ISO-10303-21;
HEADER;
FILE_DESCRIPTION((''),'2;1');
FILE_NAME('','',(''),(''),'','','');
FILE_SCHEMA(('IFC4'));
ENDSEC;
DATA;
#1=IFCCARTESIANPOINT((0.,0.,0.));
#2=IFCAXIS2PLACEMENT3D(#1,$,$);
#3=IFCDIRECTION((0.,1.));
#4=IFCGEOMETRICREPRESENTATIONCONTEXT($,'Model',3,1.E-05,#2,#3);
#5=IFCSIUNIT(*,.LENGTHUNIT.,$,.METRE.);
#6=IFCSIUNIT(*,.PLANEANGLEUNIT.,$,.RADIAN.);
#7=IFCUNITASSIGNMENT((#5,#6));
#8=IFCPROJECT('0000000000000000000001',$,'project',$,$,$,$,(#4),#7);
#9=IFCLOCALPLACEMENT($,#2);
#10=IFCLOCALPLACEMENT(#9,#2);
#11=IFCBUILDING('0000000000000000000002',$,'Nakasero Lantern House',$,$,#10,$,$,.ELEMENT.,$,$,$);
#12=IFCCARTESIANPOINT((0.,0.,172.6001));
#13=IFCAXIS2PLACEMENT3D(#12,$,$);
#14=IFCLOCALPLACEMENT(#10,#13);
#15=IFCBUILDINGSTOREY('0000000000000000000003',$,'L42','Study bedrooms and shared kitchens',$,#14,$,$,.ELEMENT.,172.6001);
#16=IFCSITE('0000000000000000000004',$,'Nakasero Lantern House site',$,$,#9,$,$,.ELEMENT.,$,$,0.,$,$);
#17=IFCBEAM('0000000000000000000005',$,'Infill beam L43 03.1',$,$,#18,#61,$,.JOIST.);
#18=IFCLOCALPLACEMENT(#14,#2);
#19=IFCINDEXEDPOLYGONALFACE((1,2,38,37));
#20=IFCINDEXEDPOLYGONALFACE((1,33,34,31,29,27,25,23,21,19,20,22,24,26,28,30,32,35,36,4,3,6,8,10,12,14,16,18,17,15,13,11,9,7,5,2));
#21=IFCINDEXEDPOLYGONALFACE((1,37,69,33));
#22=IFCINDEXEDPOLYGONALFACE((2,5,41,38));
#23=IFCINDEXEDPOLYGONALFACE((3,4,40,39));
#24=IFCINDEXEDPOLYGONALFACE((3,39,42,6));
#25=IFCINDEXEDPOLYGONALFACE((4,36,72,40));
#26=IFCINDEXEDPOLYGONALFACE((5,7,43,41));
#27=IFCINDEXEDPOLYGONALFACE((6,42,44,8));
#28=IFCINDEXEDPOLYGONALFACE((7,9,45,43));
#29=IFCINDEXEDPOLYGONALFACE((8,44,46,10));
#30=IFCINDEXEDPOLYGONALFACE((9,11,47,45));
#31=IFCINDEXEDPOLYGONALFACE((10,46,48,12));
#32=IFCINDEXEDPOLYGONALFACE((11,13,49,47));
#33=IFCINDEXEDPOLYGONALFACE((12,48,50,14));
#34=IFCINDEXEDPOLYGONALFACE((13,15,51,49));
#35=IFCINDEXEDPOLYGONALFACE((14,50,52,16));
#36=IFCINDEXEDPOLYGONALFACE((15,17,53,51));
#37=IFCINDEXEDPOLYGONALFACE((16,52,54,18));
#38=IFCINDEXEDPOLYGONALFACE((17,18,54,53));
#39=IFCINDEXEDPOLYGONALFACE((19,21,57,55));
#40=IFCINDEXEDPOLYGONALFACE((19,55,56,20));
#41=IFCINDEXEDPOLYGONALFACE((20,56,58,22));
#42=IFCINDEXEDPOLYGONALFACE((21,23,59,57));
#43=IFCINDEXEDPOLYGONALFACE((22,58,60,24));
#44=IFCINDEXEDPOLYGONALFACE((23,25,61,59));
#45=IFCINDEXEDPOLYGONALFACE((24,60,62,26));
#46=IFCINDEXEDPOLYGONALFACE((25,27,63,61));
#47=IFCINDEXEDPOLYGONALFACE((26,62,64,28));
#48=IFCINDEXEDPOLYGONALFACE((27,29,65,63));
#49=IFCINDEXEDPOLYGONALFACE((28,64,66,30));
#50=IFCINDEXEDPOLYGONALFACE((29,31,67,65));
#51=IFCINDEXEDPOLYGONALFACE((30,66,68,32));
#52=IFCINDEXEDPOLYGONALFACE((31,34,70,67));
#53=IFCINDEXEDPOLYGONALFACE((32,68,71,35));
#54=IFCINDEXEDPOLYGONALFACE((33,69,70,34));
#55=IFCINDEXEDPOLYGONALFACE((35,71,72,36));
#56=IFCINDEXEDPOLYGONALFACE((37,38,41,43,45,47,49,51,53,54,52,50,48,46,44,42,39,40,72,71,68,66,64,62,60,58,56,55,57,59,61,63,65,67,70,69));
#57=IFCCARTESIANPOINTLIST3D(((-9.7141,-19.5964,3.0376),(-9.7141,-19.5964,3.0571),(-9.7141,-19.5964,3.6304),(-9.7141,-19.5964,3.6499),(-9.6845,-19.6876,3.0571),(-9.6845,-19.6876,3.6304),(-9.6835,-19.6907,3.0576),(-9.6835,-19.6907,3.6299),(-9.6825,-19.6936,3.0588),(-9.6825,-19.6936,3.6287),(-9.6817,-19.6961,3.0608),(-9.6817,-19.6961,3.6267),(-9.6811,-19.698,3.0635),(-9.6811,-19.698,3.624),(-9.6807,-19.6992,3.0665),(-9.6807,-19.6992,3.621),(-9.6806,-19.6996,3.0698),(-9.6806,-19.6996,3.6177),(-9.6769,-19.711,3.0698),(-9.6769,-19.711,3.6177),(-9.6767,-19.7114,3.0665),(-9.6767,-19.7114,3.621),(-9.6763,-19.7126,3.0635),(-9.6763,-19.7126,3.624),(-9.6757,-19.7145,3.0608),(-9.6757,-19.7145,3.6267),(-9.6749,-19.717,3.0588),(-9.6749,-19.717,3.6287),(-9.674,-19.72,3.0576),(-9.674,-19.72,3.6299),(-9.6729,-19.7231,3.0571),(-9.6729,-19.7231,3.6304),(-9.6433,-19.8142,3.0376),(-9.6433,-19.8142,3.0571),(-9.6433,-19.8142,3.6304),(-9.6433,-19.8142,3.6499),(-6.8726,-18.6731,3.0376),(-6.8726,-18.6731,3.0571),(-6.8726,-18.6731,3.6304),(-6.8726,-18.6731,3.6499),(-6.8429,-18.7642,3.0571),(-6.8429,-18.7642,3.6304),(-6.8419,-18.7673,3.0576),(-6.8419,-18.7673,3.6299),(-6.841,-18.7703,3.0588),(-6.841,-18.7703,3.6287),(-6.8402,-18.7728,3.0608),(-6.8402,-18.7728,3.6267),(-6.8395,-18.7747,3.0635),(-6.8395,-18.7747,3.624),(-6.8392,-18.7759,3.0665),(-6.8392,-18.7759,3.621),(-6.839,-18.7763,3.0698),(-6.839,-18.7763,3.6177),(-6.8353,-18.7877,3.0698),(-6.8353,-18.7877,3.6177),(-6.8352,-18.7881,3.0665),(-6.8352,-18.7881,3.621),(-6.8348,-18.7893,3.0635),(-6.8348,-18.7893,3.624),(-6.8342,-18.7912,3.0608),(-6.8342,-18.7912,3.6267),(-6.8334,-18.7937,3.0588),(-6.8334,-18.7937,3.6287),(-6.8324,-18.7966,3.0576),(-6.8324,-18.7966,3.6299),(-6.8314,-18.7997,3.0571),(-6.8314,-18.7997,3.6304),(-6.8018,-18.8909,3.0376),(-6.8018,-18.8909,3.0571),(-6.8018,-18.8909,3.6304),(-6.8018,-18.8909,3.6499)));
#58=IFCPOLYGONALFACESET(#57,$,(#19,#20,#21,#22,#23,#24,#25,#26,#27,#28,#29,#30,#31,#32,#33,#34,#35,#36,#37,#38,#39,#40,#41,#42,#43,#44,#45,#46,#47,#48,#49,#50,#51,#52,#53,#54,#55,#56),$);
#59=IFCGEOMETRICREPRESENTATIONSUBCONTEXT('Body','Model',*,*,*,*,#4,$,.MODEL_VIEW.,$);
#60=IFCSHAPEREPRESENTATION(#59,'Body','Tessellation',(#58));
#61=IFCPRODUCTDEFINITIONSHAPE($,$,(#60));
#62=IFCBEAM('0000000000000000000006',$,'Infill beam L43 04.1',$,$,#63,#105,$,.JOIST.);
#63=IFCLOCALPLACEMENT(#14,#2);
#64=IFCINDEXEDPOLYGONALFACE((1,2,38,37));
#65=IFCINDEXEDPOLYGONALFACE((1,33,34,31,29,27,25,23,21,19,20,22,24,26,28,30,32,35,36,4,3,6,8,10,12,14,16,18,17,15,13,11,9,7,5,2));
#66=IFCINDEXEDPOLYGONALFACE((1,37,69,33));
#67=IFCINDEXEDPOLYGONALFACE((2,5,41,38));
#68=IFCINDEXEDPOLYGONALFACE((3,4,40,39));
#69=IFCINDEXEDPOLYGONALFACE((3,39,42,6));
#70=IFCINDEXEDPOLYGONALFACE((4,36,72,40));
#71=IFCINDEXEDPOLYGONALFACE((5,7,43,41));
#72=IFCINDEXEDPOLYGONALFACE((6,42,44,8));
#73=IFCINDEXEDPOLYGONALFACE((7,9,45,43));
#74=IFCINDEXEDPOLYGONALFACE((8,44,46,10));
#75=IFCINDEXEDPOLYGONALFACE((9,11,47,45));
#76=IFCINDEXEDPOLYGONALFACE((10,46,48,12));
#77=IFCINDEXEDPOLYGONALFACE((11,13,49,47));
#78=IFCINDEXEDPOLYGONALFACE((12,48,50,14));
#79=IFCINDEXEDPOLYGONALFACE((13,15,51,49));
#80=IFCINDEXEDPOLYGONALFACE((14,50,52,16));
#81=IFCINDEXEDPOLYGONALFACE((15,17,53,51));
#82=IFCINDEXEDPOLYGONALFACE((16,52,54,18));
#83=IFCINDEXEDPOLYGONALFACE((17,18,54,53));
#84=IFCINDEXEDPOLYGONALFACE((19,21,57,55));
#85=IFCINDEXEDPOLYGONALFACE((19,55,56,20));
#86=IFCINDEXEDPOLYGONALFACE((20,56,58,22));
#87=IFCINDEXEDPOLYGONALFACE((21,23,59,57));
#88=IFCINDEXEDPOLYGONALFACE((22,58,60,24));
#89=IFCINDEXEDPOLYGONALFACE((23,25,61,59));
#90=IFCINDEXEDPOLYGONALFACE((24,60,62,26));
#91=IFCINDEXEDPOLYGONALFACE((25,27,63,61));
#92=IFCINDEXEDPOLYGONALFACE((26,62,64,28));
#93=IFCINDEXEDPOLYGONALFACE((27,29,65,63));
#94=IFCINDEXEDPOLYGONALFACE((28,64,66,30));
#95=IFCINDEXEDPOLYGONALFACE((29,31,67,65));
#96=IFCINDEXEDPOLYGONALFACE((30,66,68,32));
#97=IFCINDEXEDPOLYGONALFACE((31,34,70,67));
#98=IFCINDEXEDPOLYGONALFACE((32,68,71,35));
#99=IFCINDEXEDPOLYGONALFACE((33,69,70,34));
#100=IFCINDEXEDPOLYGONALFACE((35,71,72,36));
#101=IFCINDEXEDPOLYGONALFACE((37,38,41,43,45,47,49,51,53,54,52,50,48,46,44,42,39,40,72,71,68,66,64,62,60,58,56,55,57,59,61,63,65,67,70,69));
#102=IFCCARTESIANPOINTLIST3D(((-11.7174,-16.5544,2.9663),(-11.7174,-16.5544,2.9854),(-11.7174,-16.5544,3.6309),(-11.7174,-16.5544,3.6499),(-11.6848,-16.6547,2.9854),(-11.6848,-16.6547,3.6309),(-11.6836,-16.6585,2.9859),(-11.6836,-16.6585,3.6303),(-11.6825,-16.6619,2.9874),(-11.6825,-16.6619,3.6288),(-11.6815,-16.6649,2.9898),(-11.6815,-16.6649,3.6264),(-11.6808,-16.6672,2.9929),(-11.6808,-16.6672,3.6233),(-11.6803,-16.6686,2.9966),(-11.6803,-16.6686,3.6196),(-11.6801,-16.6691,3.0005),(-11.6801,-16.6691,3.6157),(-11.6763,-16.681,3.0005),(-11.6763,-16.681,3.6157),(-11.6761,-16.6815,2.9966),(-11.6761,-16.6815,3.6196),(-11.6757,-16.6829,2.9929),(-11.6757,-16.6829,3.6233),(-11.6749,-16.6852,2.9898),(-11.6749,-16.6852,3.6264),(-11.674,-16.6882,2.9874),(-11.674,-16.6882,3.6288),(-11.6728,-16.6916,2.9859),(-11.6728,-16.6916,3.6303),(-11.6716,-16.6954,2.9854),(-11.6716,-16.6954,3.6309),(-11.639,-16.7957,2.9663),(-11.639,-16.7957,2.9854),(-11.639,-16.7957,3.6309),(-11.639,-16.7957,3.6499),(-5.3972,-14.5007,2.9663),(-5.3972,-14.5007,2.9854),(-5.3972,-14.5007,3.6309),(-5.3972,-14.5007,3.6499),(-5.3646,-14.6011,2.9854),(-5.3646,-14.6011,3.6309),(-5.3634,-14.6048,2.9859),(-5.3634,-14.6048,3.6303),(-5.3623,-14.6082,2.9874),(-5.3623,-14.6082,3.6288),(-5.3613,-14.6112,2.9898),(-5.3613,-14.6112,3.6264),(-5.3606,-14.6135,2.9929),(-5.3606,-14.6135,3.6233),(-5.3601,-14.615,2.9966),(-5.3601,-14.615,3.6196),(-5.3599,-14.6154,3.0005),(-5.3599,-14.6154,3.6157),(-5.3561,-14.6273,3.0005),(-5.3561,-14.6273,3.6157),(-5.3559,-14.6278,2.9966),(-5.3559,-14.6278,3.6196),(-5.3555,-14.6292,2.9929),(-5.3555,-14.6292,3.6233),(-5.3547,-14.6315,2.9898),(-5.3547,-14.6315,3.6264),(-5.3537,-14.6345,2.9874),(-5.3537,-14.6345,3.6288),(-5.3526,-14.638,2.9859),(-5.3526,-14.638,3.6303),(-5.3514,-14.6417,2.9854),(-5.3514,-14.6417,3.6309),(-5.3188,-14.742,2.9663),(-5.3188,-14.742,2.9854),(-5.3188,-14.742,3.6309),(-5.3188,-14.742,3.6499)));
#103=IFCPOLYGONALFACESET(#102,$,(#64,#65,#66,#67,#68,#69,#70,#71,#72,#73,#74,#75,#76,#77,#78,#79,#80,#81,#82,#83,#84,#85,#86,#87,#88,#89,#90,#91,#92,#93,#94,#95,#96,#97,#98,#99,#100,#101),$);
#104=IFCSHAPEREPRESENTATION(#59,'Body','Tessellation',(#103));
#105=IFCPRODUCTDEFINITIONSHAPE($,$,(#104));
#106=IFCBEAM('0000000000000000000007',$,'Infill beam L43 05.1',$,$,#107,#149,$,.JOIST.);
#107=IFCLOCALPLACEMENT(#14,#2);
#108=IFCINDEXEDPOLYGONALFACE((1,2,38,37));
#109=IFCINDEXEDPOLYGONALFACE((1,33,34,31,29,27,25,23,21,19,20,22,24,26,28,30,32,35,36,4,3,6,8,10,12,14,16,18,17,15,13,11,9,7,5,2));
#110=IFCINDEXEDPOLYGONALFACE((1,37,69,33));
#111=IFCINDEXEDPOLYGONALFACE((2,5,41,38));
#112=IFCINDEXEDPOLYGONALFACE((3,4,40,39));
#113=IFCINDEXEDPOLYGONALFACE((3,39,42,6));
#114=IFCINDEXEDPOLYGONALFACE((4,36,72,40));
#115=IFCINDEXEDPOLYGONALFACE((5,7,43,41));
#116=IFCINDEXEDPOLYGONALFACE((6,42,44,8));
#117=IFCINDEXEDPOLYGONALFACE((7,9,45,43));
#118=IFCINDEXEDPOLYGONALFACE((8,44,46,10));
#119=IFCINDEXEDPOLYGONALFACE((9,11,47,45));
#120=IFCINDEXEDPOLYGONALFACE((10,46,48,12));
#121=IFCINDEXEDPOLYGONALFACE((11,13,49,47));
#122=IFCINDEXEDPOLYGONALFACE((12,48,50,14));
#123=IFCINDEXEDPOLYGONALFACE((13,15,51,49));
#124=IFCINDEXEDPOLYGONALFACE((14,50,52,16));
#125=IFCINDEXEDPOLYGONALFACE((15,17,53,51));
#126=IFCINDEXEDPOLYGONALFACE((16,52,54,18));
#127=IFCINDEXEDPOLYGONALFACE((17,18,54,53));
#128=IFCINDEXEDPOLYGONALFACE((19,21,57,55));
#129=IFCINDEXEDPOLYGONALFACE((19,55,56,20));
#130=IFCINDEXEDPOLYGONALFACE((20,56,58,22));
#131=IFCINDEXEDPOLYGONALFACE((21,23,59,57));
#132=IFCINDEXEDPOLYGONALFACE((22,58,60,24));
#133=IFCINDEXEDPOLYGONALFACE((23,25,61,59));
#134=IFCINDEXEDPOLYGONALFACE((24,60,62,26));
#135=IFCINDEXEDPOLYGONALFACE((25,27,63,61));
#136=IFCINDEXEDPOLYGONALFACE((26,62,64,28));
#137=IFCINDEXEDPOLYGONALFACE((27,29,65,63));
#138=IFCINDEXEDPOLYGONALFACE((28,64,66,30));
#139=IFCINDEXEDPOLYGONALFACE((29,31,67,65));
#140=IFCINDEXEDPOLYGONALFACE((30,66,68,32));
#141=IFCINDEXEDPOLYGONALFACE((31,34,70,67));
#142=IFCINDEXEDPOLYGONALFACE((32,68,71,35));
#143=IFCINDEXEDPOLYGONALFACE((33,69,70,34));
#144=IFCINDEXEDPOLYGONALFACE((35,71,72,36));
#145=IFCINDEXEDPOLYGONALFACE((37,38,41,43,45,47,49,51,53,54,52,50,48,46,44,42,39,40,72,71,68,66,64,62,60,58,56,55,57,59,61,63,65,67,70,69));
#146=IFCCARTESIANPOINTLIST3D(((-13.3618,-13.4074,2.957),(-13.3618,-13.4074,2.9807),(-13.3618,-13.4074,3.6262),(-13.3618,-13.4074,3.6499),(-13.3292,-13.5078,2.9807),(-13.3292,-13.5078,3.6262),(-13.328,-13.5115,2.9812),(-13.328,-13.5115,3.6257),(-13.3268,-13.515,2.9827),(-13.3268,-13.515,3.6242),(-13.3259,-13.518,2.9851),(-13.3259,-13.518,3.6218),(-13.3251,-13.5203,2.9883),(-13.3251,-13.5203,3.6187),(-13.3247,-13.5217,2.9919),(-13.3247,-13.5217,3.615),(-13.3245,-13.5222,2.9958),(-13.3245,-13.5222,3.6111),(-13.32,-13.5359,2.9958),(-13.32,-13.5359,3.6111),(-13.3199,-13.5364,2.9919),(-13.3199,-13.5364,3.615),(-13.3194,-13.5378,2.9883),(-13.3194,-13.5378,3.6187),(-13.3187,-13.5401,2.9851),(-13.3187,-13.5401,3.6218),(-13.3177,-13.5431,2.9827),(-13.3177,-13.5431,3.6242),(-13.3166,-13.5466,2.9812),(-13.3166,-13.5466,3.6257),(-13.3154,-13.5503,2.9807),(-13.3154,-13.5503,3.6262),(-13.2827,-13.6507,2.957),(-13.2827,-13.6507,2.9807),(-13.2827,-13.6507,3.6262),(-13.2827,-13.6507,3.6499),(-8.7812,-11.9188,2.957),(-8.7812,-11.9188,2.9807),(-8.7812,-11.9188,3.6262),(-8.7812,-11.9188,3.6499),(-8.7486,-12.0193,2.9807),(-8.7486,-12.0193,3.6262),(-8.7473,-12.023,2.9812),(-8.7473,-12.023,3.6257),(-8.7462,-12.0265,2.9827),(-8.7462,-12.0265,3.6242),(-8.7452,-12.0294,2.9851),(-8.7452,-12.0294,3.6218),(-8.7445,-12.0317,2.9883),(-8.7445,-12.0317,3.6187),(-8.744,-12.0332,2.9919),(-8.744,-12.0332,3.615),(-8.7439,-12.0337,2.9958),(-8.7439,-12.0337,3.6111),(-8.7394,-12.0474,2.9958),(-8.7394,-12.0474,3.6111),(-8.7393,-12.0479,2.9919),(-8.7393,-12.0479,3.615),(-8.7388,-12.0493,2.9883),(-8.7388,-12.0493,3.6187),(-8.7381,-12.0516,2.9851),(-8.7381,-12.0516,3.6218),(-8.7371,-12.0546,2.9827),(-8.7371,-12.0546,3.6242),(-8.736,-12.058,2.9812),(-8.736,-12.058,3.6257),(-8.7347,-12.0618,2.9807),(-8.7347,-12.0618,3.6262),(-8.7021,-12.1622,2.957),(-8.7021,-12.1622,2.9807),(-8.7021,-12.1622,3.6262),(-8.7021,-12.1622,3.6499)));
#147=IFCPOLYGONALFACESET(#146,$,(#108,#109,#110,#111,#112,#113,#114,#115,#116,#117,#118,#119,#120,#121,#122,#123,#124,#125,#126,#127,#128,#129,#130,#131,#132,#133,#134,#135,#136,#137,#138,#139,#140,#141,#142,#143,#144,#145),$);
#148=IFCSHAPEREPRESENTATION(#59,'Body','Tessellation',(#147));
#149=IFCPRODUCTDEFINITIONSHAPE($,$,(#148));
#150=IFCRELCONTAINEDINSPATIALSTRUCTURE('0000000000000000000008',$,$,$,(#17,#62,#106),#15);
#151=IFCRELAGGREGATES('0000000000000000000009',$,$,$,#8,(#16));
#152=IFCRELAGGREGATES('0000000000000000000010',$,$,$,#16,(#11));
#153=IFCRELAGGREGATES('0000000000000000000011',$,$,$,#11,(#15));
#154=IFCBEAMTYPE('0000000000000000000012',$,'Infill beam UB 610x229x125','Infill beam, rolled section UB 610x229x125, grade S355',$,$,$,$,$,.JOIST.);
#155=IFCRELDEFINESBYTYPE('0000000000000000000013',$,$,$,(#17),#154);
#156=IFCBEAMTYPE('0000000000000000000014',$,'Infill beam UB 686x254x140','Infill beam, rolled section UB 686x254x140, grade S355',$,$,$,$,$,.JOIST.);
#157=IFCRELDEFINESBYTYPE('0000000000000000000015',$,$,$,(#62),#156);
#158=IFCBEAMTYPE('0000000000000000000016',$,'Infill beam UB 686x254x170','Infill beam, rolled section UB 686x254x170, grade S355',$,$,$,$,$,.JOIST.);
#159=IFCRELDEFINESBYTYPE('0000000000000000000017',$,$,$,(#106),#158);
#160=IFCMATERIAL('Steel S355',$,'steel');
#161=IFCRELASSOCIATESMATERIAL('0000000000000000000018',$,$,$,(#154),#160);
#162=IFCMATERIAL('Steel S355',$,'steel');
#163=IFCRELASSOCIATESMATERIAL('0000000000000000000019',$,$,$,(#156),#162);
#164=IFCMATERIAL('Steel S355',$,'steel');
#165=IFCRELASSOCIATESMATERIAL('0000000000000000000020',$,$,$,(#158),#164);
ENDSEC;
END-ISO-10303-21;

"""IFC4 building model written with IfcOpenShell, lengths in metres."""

from ifc_helpers import new_model, si_unit, direction, frame, origin, origin_2d, place, context, subcontext, project, spatial, i_section, extrude, material, material_profile, profile_set, type_object, element, save


model = new_model("IFC4")

# Units and contexts
model_context = context("Model", 3, precision=1e-05, world=origin(), true_north=direction((0.0, 1.0)))
body_context = subcontext(model_context, "Body", "Model", "MODEL_VIEW")
ifc_project = project(units=[si_unit("LENGTHUNIT", "METRE"), si_unit("PLANEANGLEUNIT", "RADIAN")], contexts=[model_context])

# Site, building, storey
site_placement = place(None, origin())
site = spatial("IfcSite", under=ifc_project, at=site_placement, Name="Nakasero Lantern House site", CompositionType="ELEMENT", RefElevation=0.0)
building_placement = place(site_placement, origin())
building = spatial("IfcBuilding", under=site, at=building_placement, Name="Nakasero Lantern House", CompositionType="ELEMENT")
storey_placement = place(building_placement, frame((0.0, 0.0, 172.6001)))
storey = spatial("IfcBuildingStorey", under=building, at=storey_placement, Name="L42", Description="Study bedrooms and shared kitchens", CompositionType="ELEMENT", Elevation=172.6001)

# Beams
ifc_material_1 = material(Name="Steel S355", Category="steel")
ifc_material_profile_1 = material_profile(ifc_material_1, i_section(OverallWidth=0.229, OverallDepth=0.6123, WebThickness=0.012, FlangeThickness=0.0195, FilletRadius=0.0127, at=origin_2d()), Name="UB 610x229x125")
ifc_profile_set_1 = profile_set([ifc_material_profile_1], Name="Steel S355")
beam_type_1 = type_object("IfcBeamType", Name="Infill beam UB 610x229x125", Description="Infill beam, rolled section UB 610x229x125, grade S355", PredefinedType="JOIST", material=ifc_profile_set_1)
beam_1_placement = place(storey_placement, frame((-9.6787, -19.7053, 3.3438), z_axis=(0.95105, 0.309036, 0.0), x_axis=(-0.309036, 0.95105, 0.0)))
element("IfcBeam", 1, at=beam_1_placement, inside=storey, type_object=beam_type_1, Name="Infill beam L43 03.1", PredefinedType="JOIST", context=body_context, shape_type="SweptSolid", body=[
    extrude(i_section(OverallWidth=0.229, OverallDepth=0.6123, WebThickness=0.012, FlangeThickness=0.0195, FilletRadius=0.0127, at=origin_2d()), origin(), (0.0, 0.0, 1.0), 2.9878),
])
ifc_material_2 = material(Name="Steel S355", Category="steel")
ifc_material_profile_2 = material_profile(ifc_material_2, i_section(OverallWidth=0.2537, OverallDepth=0.6836, WebThickness=0.0125, FlangeThickness=0.019, FilletRadius=0.0151, at=origin_2d()), Name="UB 686x254x140")
ifc_profile_set_2 = profile_set([ifc_material_profile_2], Name="Steel S355")
beam_type_2 = type_object("IfcBeamType", Name="Infill beam UB 686x254x140", Description="Infill beam, rolled section UB 686x254x140, grade S355", PredefinedType="JOIST", material=ifc_profile_set_2)
beam_2_placement = place(storey_placement, frame((-11.6782, -16.675, 3.3081), z_axis=(0.951051, 0.309033, 0.0), x_axis=(-0.309033, 0.951051, 0.0)))
element("IfcBeam", 2, at=beam_2_placement, inside=storey, type_object=beam_type_2, Name="Infill beam L43 04.1", PredefinedType="JOIST", context=body_context, shape_type="SweptSolid", body=[
    extrude(i_section(OverallWidth=0.2537, OverallDepth=0.6836, WebThickness=0.0125, FlangeThickness=0.019, FilletRadius=0.0151, at=origin_2d()), origin(), (0.0, 0.0, 1.0), 6.6455),
])
ifc_material_3 = material(Name="Steel S355", Category="steel")
ifc_material_profile_3 = material_profile(ifc_material_3, i_section(OverallWidth=0.2559, OverallDepth=0.6929, WebThickness=0.0144, FlangeThickness=0.0237, FilletRadius=0.0151, at=origin_2d()), Name="UB 686x254x170")
ifc_profile_set_3 = profile_set([ifc_material_profile_3], Name="Steel S355")
beam_type_3 = type_object("IfcBeamType", Name="Infill beam UB 686x254x170", Description="Infill beam, rolled section UB 686x254x170, grade S355", PredefinedType="JOIST", material=ifc_profile_set_3)
beam_3_placement = place(storey_placement, frame((-13.3223, -13.5291, 3.3035), z_axis=(0.951044, 0.309056, 0.0), x_axis=(-0.309056, 0.951044, 0.0)))
element("IfcBeam", 3, at=beam_3_placement, inside=storey, type_object=beam_type_3, Name="Infill beam L43 05.1", PredefinedType="JOIST", context=body_context, shape_type="SweptSolid", body=[
    extrude(i_section(OverallWidth=0.2559, OverallDepth=0.6929, WebThickness=0.0144, FlangeThickness=0.0237, FilletRadius=0.0151, at=origin_2d()), origin(), (0.0, 0.0, 1.0), 4.8164),
])

save(model, "model.ifc")
